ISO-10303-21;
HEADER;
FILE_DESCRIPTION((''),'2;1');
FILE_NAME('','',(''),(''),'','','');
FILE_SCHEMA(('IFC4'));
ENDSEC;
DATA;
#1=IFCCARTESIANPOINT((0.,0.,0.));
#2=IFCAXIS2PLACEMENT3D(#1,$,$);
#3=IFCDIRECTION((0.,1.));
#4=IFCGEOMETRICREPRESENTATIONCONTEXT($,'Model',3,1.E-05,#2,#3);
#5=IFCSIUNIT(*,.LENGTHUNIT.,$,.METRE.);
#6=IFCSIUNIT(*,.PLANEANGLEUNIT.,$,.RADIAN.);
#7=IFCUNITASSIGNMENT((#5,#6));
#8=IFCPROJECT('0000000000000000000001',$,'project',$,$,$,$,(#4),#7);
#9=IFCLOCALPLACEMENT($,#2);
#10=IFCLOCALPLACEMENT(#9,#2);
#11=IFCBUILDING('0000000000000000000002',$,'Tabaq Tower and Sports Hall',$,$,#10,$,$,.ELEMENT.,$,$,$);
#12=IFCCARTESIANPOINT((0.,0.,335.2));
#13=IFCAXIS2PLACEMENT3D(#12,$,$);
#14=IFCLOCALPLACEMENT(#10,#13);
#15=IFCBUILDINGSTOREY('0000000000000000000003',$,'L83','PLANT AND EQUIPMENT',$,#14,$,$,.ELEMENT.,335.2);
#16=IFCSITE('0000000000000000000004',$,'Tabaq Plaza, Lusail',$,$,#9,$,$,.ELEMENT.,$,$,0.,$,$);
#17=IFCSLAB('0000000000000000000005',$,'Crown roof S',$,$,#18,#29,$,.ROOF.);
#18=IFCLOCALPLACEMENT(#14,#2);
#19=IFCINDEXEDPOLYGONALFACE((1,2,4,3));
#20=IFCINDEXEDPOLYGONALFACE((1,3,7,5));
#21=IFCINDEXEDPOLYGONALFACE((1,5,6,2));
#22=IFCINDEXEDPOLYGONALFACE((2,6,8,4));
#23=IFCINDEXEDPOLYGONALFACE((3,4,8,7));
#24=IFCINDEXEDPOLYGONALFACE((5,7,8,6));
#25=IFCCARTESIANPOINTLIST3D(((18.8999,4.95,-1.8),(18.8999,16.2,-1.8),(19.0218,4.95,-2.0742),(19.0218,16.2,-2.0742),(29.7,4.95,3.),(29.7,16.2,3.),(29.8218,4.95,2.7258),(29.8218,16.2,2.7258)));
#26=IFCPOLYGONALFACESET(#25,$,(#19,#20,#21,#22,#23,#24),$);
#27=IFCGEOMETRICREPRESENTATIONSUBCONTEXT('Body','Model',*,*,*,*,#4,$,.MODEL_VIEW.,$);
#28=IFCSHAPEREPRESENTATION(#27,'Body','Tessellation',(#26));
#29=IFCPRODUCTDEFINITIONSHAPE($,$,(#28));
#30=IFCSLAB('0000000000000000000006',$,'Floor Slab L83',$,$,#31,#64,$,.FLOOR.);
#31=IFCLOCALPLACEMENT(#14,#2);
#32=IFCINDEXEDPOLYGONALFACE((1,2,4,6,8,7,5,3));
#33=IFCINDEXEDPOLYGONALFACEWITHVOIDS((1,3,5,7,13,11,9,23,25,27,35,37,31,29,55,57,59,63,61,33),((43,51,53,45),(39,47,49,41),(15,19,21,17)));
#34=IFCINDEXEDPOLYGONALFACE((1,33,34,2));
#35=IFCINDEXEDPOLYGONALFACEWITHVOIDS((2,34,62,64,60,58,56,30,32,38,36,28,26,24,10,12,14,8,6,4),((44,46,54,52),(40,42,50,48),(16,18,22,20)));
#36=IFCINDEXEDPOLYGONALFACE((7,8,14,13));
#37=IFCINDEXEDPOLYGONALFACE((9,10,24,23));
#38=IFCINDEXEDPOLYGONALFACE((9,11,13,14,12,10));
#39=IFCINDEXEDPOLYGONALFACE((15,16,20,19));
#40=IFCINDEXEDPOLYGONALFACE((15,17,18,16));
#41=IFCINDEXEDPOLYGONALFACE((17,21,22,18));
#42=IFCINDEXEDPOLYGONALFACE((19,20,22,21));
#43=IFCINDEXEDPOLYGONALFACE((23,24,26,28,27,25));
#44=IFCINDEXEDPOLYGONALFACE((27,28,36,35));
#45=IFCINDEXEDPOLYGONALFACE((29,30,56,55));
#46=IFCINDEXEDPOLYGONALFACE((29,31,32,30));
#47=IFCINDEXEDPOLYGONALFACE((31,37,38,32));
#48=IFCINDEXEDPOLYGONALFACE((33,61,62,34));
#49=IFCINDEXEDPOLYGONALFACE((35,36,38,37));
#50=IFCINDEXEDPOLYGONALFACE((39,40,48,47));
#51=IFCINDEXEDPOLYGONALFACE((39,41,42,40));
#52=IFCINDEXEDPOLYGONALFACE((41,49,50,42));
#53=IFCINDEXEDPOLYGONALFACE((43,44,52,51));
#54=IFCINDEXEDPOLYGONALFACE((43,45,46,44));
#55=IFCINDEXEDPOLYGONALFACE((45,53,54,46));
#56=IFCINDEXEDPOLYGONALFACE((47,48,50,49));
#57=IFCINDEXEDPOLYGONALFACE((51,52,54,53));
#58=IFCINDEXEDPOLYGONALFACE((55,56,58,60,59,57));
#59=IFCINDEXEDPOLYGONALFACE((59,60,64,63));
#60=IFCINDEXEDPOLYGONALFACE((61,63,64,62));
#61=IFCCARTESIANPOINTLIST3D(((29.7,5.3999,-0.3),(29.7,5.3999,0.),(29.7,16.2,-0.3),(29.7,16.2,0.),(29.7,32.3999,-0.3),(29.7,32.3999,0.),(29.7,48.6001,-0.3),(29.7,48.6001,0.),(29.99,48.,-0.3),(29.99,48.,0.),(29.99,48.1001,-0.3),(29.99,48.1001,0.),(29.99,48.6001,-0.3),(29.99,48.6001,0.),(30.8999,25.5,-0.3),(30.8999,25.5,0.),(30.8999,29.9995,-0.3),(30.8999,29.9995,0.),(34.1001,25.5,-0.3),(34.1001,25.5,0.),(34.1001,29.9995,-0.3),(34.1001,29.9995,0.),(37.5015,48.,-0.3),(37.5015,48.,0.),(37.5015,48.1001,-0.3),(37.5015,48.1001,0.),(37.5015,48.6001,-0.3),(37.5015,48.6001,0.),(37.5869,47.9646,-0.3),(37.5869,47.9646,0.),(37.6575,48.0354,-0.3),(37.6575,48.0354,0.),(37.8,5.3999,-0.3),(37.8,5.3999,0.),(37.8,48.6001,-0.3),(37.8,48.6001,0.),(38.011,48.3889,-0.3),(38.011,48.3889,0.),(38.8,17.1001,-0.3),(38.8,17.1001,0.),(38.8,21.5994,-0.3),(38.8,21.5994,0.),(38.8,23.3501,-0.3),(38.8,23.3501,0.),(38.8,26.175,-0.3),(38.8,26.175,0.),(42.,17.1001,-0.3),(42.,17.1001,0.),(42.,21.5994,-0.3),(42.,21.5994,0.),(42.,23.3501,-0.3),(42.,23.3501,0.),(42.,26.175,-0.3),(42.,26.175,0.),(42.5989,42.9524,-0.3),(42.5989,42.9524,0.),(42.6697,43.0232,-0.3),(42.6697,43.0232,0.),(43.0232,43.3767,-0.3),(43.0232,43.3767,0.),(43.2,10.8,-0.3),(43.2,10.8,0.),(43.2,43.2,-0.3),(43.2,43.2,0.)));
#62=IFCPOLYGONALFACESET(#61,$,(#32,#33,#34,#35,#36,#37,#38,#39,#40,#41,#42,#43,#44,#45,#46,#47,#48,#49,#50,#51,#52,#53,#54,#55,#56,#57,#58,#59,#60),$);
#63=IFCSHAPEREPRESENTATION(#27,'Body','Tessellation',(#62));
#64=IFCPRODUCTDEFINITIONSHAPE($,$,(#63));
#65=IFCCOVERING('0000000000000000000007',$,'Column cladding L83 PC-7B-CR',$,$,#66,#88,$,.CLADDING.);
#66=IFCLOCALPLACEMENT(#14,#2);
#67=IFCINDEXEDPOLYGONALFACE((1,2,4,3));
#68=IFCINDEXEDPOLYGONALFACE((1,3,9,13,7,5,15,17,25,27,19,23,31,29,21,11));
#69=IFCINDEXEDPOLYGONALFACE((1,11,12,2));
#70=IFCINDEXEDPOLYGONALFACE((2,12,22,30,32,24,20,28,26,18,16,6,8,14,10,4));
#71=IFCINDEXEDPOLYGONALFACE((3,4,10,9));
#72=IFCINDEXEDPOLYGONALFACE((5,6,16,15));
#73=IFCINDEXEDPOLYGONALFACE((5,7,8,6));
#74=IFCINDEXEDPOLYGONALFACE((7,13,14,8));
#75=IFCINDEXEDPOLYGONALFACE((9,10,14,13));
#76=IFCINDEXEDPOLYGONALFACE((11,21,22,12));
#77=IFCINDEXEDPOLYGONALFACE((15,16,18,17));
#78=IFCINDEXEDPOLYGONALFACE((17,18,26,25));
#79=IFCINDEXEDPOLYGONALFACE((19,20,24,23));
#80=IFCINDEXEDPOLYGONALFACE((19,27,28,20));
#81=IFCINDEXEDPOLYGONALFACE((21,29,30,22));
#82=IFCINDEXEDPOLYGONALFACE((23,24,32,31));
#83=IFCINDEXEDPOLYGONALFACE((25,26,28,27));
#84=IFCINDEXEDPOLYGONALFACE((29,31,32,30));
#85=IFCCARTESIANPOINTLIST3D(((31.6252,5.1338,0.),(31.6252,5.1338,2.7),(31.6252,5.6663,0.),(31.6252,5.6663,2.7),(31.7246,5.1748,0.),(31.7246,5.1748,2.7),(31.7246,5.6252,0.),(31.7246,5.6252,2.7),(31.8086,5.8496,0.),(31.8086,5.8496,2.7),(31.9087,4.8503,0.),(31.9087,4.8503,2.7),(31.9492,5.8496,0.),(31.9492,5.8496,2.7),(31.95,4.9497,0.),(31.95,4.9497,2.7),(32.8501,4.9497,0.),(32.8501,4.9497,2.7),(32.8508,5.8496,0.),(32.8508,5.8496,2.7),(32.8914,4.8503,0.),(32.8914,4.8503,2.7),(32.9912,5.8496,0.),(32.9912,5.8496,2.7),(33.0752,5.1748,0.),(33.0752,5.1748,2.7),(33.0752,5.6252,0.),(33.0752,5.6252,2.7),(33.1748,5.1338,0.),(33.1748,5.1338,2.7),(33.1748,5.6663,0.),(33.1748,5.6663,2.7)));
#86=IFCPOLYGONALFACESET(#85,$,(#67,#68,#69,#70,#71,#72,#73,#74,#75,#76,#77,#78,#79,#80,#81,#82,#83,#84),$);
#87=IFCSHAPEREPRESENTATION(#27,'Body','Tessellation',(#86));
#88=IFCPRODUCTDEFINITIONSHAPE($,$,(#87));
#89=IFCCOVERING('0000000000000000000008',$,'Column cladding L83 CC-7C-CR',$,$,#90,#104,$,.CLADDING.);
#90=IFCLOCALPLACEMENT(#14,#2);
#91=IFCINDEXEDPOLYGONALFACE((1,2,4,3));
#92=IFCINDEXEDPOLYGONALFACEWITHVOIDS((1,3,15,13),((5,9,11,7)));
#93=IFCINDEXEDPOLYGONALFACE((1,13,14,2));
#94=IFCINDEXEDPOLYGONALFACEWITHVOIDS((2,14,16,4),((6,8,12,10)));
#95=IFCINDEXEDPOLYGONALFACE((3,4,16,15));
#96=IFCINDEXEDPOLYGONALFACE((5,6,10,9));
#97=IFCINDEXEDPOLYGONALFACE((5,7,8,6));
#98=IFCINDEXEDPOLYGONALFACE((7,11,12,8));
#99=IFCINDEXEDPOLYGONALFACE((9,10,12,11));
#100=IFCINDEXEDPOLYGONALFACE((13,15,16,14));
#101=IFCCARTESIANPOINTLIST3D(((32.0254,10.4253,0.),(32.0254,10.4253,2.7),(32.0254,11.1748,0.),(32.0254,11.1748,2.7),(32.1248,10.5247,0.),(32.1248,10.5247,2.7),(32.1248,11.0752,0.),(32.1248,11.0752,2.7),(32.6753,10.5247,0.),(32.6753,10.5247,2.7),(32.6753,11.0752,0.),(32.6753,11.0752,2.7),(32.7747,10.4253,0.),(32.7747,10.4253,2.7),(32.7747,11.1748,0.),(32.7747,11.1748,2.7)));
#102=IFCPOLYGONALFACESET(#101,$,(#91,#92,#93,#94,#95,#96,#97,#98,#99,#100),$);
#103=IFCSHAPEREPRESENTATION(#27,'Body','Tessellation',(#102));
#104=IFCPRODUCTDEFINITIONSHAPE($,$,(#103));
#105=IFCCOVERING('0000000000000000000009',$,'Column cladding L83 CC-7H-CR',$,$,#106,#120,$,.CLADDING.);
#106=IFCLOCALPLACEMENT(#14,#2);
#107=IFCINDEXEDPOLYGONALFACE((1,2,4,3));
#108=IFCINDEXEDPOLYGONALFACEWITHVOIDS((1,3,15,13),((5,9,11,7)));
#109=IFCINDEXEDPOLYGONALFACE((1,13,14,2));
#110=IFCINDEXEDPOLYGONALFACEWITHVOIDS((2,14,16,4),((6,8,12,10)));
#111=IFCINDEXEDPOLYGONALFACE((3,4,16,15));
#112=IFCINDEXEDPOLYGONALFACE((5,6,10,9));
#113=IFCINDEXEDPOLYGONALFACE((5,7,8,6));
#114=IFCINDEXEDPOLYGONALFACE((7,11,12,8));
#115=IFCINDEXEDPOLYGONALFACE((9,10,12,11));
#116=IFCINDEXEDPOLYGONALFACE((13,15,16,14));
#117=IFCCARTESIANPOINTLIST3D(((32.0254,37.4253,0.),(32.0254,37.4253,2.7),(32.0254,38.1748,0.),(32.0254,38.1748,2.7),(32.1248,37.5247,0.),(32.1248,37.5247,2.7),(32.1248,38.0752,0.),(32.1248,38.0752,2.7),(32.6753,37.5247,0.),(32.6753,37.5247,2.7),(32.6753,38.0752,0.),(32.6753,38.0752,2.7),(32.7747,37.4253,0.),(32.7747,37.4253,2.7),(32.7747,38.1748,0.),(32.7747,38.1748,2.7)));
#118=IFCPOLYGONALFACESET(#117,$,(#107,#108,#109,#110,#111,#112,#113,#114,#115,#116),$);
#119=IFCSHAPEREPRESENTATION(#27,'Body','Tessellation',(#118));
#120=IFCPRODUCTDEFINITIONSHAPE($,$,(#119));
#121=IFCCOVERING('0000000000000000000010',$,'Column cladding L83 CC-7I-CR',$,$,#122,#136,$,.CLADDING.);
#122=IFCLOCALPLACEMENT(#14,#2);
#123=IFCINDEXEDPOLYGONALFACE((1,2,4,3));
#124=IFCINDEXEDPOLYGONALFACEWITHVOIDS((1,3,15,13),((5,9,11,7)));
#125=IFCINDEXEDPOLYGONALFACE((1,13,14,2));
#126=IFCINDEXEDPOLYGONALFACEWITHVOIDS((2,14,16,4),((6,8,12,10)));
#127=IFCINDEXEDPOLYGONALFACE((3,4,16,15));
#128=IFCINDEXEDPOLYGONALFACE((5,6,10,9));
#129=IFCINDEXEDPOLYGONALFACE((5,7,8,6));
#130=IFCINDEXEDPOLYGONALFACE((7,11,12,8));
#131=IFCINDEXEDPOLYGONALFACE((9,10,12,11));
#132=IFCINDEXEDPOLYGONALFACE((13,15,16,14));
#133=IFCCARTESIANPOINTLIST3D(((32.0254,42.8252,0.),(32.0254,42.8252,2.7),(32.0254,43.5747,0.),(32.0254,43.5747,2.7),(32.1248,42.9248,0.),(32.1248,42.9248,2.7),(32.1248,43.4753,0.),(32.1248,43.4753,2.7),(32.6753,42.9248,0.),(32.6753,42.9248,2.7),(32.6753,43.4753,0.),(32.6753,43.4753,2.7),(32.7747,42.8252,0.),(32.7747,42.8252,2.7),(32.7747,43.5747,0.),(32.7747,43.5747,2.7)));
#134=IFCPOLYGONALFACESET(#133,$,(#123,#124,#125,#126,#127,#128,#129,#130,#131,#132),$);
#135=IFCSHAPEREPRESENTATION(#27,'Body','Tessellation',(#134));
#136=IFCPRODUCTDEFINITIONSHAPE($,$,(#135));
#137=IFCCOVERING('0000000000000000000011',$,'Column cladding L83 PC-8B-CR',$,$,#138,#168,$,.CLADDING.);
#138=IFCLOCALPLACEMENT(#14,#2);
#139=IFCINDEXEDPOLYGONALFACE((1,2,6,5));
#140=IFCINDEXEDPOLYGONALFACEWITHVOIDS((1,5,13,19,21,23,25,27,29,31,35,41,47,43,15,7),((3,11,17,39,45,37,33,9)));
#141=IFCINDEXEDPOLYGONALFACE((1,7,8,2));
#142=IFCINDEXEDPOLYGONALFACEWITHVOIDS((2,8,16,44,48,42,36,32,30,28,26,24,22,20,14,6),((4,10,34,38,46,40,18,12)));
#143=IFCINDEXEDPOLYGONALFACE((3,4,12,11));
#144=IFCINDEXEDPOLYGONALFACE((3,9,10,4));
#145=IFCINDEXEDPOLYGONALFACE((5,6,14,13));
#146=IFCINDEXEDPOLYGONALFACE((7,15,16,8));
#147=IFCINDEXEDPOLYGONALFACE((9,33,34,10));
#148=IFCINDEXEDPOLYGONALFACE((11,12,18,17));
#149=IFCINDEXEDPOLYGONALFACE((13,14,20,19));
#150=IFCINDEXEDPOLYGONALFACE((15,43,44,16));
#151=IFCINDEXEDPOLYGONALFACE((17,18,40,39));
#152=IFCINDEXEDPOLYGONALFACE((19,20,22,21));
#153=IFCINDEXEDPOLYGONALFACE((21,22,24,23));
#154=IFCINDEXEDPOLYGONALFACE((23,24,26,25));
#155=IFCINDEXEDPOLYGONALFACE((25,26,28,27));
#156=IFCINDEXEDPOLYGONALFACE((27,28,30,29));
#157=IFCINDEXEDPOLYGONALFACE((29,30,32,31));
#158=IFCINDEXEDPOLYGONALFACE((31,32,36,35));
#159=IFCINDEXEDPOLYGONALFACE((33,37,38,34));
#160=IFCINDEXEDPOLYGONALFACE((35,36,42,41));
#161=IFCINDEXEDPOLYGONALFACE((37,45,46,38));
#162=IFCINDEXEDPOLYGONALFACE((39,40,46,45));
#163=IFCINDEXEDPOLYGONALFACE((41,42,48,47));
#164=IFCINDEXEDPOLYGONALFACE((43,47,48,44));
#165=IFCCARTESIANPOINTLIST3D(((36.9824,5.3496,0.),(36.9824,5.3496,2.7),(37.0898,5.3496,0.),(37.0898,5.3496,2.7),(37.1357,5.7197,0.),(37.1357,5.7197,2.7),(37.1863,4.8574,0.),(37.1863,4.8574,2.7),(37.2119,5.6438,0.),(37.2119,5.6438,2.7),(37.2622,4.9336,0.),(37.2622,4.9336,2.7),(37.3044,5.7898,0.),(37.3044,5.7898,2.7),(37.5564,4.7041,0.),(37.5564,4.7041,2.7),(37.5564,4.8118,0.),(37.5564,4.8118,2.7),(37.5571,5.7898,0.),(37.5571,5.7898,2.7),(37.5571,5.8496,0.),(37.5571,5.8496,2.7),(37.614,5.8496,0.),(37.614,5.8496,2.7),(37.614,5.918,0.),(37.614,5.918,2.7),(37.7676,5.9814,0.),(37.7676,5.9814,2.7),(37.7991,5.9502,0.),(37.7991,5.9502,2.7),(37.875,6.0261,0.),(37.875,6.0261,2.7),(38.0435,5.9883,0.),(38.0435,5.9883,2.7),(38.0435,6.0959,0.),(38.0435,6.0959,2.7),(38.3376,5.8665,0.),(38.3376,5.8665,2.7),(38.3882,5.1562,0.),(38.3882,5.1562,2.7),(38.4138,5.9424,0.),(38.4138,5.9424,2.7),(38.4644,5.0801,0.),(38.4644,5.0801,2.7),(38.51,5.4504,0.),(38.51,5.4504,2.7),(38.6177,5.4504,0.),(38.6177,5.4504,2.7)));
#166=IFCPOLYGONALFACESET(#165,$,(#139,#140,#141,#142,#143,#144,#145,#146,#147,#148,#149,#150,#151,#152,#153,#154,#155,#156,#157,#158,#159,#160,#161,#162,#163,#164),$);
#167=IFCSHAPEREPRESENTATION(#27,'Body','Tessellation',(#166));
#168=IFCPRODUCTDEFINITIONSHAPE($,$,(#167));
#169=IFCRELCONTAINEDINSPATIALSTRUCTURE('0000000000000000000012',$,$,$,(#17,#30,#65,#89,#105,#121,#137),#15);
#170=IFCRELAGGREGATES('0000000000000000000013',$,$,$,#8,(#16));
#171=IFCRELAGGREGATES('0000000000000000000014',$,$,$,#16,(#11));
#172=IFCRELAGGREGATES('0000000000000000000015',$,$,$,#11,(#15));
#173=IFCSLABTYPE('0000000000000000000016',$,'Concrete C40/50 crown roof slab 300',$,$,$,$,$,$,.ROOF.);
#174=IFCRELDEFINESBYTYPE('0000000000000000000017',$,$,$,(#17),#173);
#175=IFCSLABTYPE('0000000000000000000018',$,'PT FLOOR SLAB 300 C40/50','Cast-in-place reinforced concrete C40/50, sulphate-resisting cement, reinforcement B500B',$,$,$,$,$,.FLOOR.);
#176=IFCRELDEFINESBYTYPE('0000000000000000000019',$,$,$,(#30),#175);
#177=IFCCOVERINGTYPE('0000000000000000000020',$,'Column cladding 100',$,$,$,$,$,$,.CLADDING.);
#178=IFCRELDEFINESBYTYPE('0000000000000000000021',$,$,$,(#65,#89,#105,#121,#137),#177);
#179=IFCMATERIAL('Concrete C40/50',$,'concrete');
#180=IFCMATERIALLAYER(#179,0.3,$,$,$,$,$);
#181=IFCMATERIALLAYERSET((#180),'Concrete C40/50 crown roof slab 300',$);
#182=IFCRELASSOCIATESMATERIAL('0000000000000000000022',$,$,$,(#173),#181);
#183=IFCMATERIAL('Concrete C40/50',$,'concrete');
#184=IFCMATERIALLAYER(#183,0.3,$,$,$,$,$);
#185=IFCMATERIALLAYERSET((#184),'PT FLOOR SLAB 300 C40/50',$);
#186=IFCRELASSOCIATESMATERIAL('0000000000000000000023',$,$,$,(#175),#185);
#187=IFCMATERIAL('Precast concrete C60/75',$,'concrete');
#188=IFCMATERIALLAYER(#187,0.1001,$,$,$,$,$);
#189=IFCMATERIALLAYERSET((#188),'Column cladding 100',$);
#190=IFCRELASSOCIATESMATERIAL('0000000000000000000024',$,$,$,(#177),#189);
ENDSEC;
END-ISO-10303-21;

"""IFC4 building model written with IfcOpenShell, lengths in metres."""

from ifc_helpers import new_model, si_unit, direction, frame, origin, place, context, subcontext, project, spatial, polyline, outline, extrude, material, layer, layer_set, type_object, element, save


model = new_model("IFC4")

# Units and contexts
model_context = context("Model", 3, precision=1e-05, world=origin(), true_north=direction((0.0, 1.0)))
body_context = subcontext(model_context, "Body", "Model", "MODEL_VIEW")
ifc_project = project(units=[si_unit("LENGTHUNIT", "METRE"), si_unit("PLANEANGLEUNIT", "RADIAN")], contexts=[model_context])

# Site, building, storey
site_placement = place(None, origin())
site = spatial("IfcSite", under=ifc_project, at=site_placement, Name="Tabaq Plaza, Lusail", CompositionType="ELEMENT", RefElevation=0.0)
building_placement = place(site_placement, origin())
building = spatial("IfcBuilding", under=site, at=building_placement, Name="Tabaq Tower and Sports Hall", CompositionType="ELEMENT")
storey_placement = place(building_placement, frame((0.0, 0.0, 335.2)))
storey = spatial("IfcBuildingStorey", under=building, at=storey_placement, Name="L83", Description="PLANT AND EQUIPMENT", CompositionType="ELEMENT", Elevation=335.2)

# Slabs
ifc_material_1 = material(Name="Concrete C40/50", Category="concrete")
ifc_layer_1 = layer(ifc_material_1, 0.3)
ifc_layer_set_1 = layer_set([ifc_layer_1], Name="Concrete C40/50 crown roof slab 300")
slab_type_1 = type_object("IfcSlabType", Name="Concrete C40/50 crown roof slab 300", PredefinedType="ROOF", material=ifc_layer_set_1)
slab_1_placement = place(storey_placement, frame((18.8999, 4.95, -1.8), z_axis=(-0.40614, 0.0, 0.913811), x_axis=(0.0, 1.0, 0.0)))
element("IfcSlab", 1, at=slab_1_placement, inside=storey, type_object=slab_type_1, Name="Crown roof S", PredefinedType="ROOF", context=body_context, shape_type="SweptSolid", body=[
    extrude(outline(polyline([(0.0, 0.0), (11.25, 0.0), (11.25, -11.8187), (0.0, -11.8187), (0.0, 0.0)])), origin(), (0.0, 0.0, -1.0), 0.3),
])
ifc_material_2 = material(Name="Concrete C40/50", Category="concrete")
ifc_layer_2 = layer(ifc_material_2, 0.3)
ifc_layer_set_2 = layer_set([ifc_layer_2], Name="PT FLOOR SLAB 300 C40/50")
slab_type_2 = type_object("IfcSlabType", Name="PT FLOOR SLAB 300 C40/50", Description="Cast-in-place reinforced concrete C40/50, sulphate-resisting cement, reinforcement B500B", PredefinedType="FLOOR", material=ifc_layer_set_2)
slab_2_placement = place(storey_placement, frame((0.0, 0.0, -0.3)))
element("IfcSlab", 2, at=slab_2_placement, inside=storey, type_object=slab_type_2, Name="Floor Slab L83", PredefinedType="FLOOR", context=body_context, shape_type="SweptSolid", body=[
    extrude(outline(polyline([(29.99, 48.6001), (29.7, 48.6001), (29.7, 32.3999), (29.7, 16.2), (29.7, 5.3999), (37.8, 5.3999), (43.2, 10.8), (43.2, 43.2), (43.0232, 43.3767), (42.6697, 43.0232), (42.5989, 42.9524), (37.5869, 47.9646), (37.6575, 48.0354), (38.011, 48.3889), (37.8, 48.6001), (37.5015, 48.6001), (37.5015, 48.1001), (37.5015, 48.0), (29.99, 48.0), (29.99, 48.1001), (29.99, 48.6001)]), holes=[polyline([(38.8, 17.1001), (38.8, 21.5994), (42.0, 21.5994), (42.0, 17.1001), (38.8, 17.1001)]), polyline([(38.8, 23.3501), (38.8, 26.175), (42.0, 26.175), (42.0, 23.3501), (38.8, 23.3501)]), polyline([(30.8999, 25.5), (30.8999, 29.9995), (34.1001, 29.9995), (34.1001, 25.5), (30.8999, 25.5)])]), origin(), (0.0, 0.0, 1.0), 0.3),
])

# Coverings
ifc_material_3 = material(Name="Precast concrete C60/75", Category="concrete")
ifc_layer_3 = layer(ifc_material_3, 0.1001)
ifc_layer_set_3 = layer_set([ifc_layer_3], Name="Column cladding 100")
covering_type = type_object("IfcCoveringType", Name="Column cladding 100", PredefinedType="CLADDING", material=ifc_layer_set_3)
covering_1_placement = place(storey_placement, origin())
element("IfcCovering", 3, at=covering_1_placement, inside=storey, type_object=covering_type, Name="Column cladding L83 PC-7B-CR", PredefinedType="CLADDING", context=body_context, shape_type="SweptSolid", body=[
    extrude(outline(polyline([(31.6252, 5.6663), (31.8086, 5.8496), (31.9492, 5.8496), (31.7246, 5.6252), (31.7246, 5.1748), (31.95, 4.9497), (32.8501, 4.9497), (33.0752, 5.1748), (33.0752, 5.6252), (32.8508, 5.8496), (32.9912, 5.8496), (33.1748, 5.6663), (33.1748, 5.1338), (32.8914, 4.8503), (31.9087, 4.8503), (31.6252, 5.1338), (31.6252, 5.6663)])), origin(), (0.0, 0.0, 1.0), 2.7),
])
covering_2_placement = place(storey_placement, origin())
element("IfcCovering", 4, at=covering_2_placement, inside=storey, type_object=covering_type, Name="Column cladding L83 CC-7C-CR", PredefinedType="CLADDING", context=body_context, shape_type="SweptSolid", body=[
    extrude(outline(polyline([(32.0254, 11.1748), (32.7747, 11.1748), (32.7747, 10.4253), (32.0254, 10.4253), (32.0254, 11.1748)]), holes=[polyline([(32.6753, 10.5247), (32.6753, 11.0752), (32.1248, 11.0752), (32.1248, 10.5247), (32.6753, 10.5247)])]), origin(), (0.0, 0.0, 1.0), 2.7),
])
covering_3_placement = place(storey_placement, origin())
element("IfcCovering", 5, at=covering_3_placement, inside=storey, type_object=covering_type, Name="Column cladding L83 CC-7H-CR", PredefinedType="CLADDING", context=body_context, shape_type="SweptSolid", body=[
    extrude(outline(polyline([(32.0254, 38.1748), (32.7747, 38.1748), (32.7747, 37.4253), (32.0254, 37.4253), (32.0254, 38.1748)]), holes=[polyline([(32.6753, 37.5247), (32.6753, 38.0752), (32.1248, 38.0752), (32.1248, 37.5247), (32.6753, 37.5247)])]), origin(), (0.0, 0.0, 1.0), 2.7),
])
covering_4_placement = place(storey_placement, origin())
element("IfcCovering", 6, at=covering_4_placement, inside=storey, type_object=covering_type, Name="Column cladding L83 CC-7I-CR", PredefinedType="CLADDING", context=body_context, shape_type="SweptSolid", body=[
    extrude(outline(polyline([(32.0254, 43.5747), (32.7747, 43.5747), (32.7747, 42.8252), (32.0254, 42.8252), (32.0254, 43.5747)]), holes=[polyline([(32.6753, 42.9248), (32.6753, 43.4753), (32.1248, 43.4753), (32.1248, 42.9248), (32.6753, 42.9248)])]), origin(), (0.0, 0.0, 1.0), 2.7),
])
covering_5_placement = place(storey_placement, origin())
element("IfcCovering", 7, at=covering_5_placement, inside=storey, type_object=covering_type, Name="Column cladding L83 PC-8B-CR", PredefinedType="CLADDING", context=body_context, shape_type="SweptSolid", body=[
    extrude(outline(polyline([(36.9824, 5.3496), (37.1357, 5.7197), (37.3044, 5.7898), (37.5571, 5.7898), (37.5571, 5.8496), (37.614, 5.8496), (37.614, 5.918), (37.7676, 5.9814), (37.7991, 5.9502), (37.875, 6.0261), (38.0435, 6.0959), (38.4138, 5.9424), (38.6177, 5.4504), (38.4644, 5.0801), (37.5564, 4.7041), (37.1863, 4.8574), (36.9824, 5.3496)]), holes=[polyline([(38.51, 5.4504), (38.3376, 5.8665), (38.0435, 5.9883), (37.2119, 5.6438), (37.0898, 5.3496), (37.2622, 4.9336), (37.5564, 4.8118), (38.3882, 5.1562), (38.51, 5.4504)])]), origin(), (0.0, 0.0, 1.0), 2.7),
])

save(model, "model.ifc")
